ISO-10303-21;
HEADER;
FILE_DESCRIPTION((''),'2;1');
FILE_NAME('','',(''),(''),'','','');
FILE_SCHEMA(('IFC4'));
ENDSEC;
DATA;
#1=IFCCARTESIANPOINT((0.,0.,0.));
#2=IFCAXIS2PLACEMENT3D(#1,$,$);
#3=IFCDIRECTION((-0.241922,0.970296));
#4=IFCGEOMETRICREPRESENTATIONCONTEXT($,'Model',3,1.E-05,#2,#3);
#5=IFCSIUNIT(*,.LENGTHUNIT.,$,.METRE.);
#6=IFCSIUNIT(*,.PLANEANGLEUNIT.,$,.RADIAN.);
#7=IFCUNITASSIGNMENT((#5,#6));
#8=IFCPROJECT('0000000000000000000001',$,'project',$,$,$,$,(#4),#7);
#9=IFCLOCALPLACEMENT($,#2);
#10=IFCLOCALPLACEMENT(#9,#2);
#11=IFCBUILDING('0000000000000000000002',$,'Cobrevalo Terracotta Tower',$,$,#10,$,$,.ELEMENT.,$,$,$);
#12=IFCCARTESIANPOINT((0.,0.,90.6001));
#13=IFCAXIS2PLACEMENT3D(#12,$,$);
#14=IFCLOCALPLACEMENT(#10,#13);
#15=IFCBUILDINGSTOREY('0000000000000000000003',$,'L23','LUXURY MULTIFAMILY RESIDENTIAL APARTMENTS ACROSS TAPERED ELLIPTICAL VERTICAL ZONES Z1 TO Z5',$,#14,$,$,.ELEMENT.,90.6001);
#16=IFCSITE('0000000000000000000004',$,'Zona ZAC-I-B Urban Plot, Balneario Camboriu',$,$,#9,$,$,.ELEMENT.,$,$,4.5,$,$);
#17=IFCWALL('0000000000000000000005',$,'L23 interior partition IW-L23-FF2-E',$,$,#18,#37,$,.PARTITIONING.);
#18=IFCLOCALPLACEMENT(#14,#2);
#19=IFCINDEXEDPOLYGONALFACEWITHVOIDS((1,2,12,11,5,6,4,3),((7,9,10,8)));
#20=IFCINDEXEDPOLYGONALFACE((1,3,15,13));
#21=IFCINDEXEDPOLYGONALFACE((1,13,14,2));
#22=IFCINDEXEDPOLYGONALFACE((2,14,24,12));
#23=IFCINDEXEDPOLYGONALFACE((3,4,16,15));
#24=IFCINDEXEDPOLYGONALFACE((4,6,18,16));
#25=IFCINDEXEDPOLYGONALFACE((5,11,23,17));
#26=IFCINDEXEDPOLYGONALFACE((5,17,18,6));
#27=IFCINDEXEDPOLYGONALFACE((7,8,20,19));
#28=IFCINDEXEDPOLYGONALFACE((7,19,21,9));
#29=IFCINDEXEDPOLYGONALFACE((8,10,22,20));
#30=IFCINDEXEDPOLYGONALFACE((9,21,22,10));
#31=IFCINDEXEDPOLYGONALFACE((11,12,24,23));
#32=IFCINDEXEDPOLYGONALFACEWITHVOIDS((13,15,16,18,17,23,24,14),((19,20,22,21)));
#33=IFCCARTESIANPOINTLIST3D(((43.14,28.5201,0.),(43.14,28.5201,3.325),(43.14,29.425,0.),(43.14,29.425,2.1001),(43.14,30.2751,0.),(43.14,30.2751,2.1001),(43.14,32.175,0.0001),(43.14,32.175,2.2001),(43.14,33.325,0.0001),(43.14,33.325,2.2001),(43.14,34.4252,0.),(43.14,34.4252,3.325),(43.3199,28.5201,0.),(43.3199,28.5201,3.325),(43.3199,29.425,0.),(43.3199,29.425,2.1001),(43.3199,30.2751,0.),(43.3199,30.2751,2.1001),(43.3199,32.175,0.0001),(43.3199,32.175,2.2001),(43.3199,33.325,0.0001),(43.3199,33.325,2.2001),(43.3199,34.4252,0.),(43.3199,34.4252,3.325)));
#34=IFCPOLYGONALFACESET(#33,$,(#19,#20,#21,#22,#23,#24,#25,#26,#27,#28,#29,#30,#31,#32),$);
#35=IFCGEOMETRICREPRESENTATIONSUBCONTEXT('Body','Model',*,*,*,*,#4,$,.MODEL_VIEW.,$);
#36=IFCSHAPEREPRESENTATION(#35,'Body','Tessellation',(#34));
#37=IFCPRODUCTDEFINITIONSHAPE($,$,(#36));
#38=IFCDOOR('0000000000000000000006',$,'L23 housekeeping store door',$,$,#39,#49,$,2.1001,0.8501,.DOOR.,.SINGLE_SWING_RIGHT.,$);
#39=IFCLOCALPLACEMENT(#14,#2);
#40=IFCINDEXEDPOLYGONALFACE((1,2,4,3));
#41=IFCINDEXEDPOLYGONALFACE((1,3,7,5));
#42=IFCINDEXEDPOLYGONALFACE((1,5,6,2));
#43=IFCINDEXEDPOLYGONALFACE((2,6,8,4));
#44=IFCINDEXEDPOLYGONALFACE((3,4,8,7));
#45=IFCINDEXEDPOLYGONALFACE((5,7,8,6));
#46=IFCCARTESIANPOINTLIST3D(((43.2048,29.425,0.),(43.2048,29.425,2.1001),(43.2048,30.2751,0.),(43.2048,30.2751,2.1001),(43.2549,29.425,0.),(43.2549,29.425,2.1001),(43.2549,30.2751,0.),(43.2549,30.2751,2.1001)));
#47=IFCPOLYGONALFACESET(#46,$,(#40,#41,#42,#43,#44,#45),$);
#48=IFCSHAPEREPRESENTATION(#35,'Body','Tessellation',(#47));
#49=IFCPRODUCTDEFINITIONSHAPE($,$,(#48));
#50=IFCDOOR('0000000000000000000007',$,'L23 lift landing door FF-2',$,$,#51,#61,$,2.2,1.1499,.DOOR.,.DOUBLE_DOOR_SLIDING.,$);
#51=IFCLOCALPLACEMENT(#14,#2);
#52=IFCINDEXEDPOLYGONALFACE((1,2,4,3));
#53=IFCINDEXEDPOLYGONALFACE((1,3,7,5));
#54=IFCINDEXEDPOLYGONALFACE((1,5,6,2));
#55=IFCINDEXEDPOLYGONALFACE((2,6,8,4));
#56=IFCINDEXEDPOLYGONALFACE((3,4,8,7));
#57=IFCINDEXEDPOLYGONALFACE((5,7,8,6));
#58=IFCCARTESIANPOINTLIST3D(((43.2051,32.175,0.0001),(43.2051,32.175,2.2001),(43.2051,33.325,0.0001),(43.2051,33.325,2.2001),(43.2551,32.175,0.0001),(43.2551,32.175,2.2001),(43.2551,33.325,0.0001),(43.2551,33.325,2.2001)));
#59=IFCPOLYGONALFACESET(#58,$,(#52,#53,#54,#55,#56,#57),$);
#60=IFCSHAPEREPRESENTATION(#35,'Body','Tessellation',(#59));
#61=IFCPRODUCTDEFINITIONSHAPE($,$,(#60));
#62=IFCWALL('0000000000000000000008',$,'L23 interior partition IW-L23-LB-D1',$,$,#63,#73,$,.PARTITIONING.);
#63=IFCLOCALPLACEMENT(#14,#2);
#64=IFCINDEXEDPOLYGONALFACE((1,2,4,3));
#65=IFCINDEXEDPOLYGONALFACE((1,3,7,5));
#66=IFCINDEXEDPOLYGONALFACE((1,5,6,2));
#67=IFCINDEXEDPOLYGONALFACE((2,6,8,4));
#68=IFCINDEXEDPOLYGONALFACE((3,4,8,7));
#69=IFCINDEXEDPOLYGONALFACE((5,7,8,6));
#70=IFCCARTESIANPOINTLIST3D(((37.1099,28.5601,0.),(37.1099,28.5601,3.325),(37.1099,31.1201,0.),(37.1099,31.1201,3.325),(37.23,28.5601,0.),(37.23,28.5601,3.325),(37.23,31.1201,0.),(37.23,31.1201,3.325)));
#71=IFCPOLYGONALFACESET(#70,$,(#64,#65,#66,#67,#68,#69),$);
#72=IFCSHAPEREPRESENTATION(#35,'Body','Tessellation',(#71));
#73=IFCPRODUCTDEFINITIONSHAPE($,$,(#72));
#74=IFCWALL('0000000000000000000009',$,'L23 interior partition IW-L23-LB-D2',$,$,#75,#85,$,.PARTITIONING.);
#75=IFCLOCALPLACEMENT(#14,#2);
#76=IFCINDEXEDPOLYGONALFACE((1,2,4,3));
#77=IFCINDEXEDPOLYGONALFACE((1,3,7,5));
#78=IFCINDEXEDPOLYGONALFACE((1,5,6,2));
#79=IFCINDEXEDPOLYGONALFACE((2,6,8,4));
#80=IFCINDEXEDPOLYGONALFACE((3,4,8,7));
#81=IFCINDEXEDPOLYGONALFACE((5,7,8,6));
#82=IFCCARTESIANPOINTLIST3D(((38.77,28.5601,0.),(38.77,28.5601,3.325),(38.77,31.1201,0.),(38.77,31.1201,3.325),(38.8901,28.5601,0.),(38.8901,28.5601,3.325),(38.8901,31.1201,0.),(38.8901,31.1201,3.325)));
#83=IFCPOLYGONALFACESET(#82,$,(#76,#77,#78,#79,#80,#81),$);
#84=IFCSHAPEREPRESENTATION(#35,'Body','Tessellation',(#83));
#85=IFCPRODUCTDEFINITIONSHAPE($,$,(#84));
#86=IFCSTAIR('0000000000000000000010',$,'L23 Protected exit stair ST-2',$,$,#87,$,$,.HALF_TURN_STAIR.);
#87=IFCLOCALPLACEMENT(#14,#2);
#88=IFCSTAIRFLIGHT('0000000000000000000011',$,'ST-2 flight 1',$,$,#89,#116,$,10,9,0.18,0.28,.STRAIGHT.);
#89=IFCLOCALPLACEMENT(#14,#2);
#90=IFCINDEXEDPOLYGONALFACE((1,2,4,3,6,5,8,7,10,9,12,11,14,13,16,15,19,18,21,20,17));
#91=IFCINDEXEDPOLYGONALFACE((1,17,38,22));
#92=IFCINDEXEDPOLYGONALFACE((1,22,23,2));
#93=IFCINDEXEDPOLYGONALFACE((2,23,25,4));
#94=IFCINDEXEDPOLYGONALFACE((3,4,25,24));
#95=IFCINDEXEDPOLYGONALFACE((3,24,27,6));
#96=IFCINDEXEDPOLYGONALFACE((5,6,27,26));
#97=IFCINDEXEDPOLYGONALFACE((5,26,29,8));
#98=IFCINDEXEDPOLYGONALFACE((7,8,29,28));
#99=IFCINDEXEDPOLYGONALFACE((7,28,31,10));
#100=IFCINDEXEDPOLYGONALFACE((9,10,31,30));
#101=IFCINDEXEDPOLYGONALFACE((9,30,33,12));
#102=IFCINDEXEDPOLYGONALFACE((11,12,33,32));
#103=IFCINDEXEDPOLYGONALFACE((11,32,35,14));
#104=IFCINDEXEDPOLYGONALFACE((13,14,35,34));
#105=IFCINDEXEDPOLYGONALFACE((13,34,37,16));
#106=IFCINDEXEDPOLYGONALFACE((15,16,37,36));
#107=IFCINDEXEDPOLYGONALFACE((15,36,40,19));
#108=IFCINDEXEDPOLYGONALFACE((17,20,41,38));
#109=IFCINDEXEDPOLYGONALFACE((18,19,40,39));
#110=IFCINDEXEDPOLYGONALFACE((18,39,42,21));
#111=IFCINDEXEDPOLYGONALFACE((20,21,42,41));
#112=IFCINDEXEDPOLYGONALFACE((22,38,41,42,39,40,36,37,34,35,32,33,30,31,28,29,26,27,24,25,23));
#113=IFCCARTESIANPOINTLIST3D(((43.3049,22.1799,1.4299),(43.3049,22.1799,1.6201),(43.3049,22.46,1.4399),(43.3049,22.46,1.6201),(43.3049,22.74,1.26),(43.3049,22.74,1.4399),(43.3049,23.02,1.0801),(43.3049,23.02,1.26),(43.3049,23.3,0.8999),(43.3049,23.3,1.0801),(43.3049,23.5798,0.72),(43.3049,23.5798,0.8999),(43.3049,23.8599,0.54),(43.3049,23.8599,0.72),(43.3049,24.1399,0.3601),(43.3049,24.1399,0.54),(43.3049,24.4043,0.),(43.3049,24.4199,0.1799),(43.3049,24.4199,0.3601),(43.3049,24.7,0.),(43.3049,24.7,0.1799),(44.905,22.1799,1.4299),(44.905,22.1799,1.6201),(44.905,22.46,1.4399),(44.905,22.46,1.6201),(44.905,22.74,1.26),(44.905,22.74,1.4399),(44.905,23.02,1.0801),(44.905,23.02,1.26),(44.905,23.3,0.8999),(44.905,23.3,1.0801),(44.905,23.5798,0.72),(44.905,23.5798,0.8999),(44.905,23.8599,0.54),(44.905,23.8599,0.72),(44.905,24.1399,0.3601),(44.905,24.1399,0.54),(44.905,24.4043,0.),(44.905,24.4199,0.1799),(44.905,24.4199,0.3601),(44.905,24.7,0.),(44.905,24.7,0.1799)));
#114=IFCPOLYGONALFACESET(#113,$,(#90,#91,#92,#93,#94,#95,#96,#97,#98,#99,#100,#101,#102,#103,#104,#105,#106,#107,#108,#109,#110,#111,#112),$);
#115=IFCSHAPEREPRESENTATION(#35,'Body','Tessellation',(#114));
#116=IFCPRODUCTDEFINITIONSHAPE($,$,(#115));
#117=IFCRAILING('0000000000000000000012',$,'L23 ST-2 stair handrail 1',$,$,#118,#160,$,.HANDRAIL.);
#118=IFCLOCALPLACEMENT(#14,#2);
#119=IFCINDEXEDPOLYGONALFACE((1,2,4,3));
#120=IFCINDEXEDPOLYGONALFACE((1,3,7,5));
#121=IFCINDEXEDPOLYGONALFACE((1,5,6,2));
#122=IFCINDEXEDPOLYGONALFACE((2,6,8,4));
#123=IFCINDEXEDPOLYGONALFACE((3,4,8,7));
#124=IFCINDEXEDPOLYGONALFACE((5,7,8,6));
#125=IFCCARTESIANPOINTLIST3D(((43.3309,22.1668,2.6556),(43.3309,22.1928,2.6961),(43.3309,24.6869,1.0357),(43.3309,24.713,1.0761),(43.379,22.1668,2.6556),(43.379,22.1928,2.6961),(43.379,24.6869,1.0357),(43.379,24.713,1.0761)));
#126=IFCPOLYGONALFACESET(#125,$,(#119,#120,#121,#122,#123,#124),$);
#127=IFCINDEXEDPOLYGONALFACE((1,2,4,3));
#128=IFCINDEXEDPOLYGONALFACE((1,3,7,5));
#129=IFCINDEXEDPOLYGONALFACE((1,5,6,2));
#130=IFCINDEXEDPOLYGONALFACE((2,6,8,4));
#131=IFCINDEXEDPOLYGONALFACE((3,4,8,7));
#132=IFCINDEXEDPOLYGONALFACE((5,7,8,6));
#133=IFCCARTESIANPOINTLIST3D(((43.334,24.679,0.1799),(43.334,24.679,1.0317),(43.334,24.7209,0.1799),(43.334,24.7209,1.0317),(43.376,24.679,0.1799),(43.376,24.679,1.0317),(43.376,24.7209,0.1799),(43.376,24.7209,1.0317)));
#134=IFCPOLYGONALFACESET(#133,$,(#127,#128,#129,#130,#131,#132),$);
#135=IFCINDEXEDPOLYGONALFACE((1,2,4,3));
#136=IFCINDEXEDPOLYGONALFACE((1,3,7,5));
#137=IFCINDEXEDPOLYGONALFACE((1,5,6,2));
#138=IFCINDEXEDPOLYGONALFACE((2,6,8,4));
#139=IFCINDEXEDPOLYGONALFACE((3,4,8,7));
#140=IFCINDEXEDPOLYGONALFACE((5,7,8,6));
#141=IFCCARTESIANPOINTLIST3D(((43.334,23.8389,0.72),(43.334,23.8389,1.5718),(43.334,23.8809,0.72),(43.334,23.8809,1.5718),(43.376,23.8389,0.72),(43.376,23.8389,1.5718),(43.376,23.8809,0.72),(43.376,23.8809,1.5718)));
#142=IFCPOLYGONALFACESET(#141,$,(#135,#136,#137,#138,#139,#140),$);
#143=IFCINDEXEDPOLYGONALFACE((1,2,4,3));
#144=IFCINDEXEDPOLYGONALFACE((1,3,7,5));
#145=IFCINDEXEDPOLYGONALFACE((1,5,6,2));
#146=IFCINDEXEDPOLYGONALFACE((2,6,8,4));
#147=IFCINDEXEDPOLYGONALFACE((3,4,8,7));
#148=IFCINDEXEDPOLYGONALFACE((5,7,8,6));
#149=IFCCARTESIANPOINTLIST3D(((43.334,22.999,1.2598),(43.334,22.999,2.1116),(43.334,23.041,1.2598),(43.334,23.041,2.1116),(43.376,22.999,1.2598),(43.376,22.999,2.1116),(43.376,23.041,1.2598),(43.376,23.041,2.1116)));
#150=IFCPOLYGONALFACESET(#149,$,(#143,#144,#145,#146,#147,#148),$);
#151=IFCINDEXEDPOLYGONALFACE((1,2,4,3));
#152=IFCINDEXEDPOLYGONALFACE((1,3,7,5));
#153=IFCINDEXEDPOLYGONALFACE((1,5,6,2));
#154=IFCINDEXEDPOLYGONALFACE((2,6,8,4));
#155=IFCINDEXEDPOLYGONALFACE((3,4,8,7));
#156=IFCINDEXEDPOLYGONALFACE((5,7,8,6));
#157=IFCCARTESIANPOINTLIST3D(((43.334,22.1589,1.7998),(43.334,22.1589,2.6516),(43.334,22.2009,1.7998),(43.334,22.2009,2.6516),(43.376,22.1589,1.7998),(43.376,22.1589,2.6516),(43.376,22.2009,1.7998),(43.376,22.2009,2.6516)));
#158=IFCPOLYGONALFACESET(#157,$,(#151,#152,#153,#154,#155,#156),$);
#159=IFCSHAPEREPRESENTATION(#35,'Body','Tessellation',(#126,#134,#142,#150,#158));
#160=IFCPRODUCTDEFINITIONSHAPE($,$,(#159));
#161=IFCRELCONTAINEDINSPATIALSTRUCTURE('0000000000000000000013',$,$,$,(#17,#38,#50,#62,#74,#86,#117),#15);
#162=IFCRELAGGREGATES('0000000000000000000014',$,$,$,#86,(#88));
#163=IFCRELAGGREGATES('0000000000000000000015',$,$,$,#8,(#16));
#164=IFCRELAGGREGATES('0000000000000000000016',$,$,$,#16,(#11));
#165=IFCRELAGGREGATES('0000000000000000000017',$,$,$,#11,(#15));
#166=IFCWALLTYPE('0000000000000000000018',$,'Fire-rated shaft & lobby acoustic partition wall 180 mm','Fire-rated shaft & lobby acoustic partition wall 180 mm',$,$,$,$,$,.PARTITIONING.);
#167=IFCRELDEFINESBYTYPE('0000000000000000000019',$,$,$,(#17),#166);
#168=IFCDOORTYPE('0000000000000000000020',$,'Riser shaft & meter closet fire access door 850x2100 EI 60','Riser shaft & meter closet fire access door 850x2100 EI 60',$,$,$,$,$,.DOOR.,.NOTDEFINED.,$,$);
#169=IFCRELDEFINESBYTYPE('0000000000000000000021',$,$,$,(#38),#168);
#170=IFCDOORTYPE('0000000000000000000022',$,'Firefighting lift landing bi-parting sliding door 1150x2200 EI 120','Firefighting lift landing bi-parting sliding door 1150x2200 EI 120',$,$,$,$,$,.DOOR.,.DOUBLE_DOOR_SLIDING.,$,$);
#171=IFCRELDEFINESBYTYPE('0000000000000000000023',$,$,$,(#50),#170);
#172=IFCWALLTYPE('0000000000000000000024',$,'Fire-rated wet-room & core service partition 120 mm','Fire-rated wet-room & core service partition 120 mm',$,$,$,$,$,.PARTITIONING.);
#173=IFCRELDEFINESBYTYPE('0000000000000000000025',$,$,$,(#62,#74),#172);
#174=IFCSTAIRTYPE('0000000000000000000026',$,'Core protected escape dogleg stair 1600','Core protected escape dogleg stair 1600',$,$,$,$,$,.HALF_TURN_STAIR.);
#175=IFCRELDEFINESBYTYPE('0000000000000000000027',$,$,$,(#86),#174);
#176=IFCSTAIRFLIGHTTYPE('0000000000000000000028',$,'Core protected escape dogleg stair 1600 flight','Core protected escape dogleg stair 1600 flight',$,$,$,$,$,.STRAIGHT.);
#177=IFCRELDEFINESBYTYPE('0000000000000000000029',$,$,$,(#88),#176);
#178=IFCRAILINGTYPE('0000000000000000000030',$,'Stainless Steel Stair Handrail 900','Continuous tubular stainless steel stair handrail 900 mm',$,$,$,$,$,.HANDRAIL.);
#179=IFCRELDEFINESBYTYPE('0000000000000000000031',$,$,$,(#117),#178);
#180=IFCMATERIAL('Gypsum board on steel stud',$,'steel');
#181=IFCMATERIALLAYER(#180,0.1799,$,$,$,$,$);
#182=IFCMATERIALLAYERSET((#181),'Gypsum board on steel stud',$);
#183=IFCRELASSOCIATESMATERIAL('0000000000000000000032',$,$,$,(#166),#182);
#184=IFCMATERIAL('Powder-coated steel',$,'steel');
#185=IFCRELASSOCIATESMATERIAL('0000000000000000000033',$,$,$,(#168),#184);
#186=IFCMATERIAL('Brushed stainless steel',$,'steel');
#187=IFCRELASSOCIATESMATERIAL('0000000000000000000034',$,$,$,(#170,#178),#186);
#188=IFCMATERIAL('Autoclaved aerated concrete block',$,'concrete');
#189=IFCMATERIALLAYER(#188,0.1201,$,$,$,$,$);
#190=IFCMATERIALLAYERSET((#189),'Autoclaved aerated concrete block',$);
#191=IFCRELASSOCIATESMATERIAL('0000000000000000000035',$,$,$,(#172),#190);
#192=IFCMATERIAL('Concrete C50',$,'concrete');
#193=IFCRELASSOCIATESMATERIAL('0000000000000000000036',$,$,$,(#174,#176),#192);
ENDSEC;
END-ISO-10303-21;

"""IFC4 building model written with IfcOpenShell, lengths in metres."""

from ifc_helpers import new_model, si_unit, direction, frame, frame_2d, origin, origin_2d, place, context, subcontext, project, spatial, polyline, rectangle, outline, extrude, source, transform, mapped, material, layer, layer_set, type_object, element, fill, aggregate, save


model = new_model("IFC4")

# Units and contexts
model_context = context("Model", 3, precision=1e-05, world=origin(), true_north=direction((-0.241922, 0.970296)))
body_context = subcontext(model_context, "Body", "Model", "MODEL_VIEW")
ifc_project = project(units=[si_unit("LENGTHUNIT", "METRE"), si_unit("PLANEANGLEUNIT", "RADIAN")], contexts=[model_context])

# Site, building, storey
site_placement = place(None, origin())
site = spatial("IfcSite", under=ifc_project, at=site_placement, Name="Zona ZAC-I-B Urban Plot, Balneario Camboriu", CompositionType="ELEMENT", RefElevation=4.5)
building_placement = place(site_placement, origin())
building = spatial("IfcBuilding", under=site, at=building_placement, Name="Cobrevalo Terracotta Tower", CompositionType="ELEMENT")
storey_placement = place(building_placement, frame((0.0, 0.0, 90.6001)))
storey = spatial("IfcBuildingStorey", under=building, at=storey_placement, Name="L23", Description="LUXURY MULTIFAMILY RESIDENTIAL APARTMENTS ACROSS TAPERED ELLIPTICAL VERTICAL ZONES Z1 TO Z5", CompositionType="ELEMENT", Elevation=90.6001)

# Shared definitions
ifc_material_1 = material(Name="Gypsum board on steel stud", Category="steel")

# Shared definitions
ifc_material_2 = material(Name="Brushed stainless steel", Category="steel")

# Shared definitions
ifc_layer_1 = layer(ifc_material_1, 0.1799)
ifc_layer_set_1 = layer_set([ifc_layer_1], Name="Gypsum board on steel stud")
wall_type_1 = type_object("IfcWallType", Name="Fire-rated shaft & lobby acoustic partition wall 180 mm", Description="Fire-rated shaft & lobby acoustic partition wall 180 mm", PredefinedType="PARTITIONING", material=ifc_layer_set_1)
ifc_material_3 = material(Name="Powder-coated steel", Category="steel")
door_type_1 = type_object("IfcDoorType", Name="Riser shaft & meter closet fire access door 850x2100 EI 60", Description="Riser shaft & meter closet fire access door 850x2100 EI 60", OperationType="NOTDEFINED", PredefinedType="DOOR", material=ifc_material_3)
shared_shape_1 = source(origin(), body_context, "Body", "SweptSolid", [
    extrude(rectangle(XDim=0.8501, YDim=2.1001, at=frame_2d((0.425, 1.05))), frame((0.0, 0.0249, 0.0), z_axis=(0.0, -1.0, 0.0), x_axis=(1.0, 0.0, 0.0)), (0.0, 0.0, 1.0), 0.05),
])

# Wall, openings, doors
wall_1_placement = place(storey_placement, frame((43.23, 28.52, 0.0), z_axis=(0.0, 0.0, 1.0), x_axis=(0.0, 1.0, 0.0)))
wall_1 = element("IfcWall", 1, at=wall_1_placement, inside=storey, type_object=wall_type_1, Name="L23 interior partition IW-L23-FF2-E", PredefinedType="PARTITIONING", context=body_context, shape_type="SweptSolid", body=[
    extrude(rectangle(XDim=5.905, YDim=0.1799, at=frame_2d((2.9526, 0.0))), origin(), (0.0, 0.0, 1.0), 3.325),
])
opening_1_placement = place(wall_1_placement, frame((0.905, 0.0, 0.0)))
opening_1 = element("IfcOpeningElement", 2, at=opening_1_placement, cuts=wall_1, PredefinedType="OPENING", context=body_context, shape_type="SweptSolid", body=[
    extrude(rectangle(XDim=0.8501, YDim=2.1001, at=frame_2d((0.425, 1.05))), frame((0.0, 0.1001, 0.0), z_axis=(0.0, -1.0, 0.0), x_axis=(1.0, 0.0, 0.0)), (0.0, 0.0, 1.0), 0.2),
])
opening_2_placement = place(wall_1_placement, frame((3.655, 0.0, 0.0)))
opening_2 = element("IfcOpeningElement", 3, at=opening_2_placement, cuts=wall_1, PredefinedType="OPENING", context=body_context, shape_type="SweptSolid", body=[
    extrude(rectangle(XDim=1.1499, YDim=2.2, at=frame_2d((0.575, 1.1001))), frame((0.0, 0.1001, 0.0), z_axis=(0.0, -1.0, 0.0), x_axis=(1.0, 0.0, 0.0)), (0.0, 0.0, 1.0), 0.2),
])
door_1_placement = place(opening_1_placement, frame((0.8501, 0.0, 0.0), z_axis=(0.0, 0.0, 1.0), x_axis=(-1.0, 0.0, 0.0)))
door_1 = element("IfcDoor", 4, at=door_1_placement, inside=storey, type_object=door_type_1, Name="L23 housekeeping store door", OperationType="SINGLE_SWING_RIGHT", OverallHeight=2.1001, OverallWidth=0.8501, PredefinedType="DOOR", context=body_context, shape_type="MappedRepresentation", body=[
    mapped(shared_shape_1, transform((0.0, 0.0, 0.0), scale=1.0)),
])
fill(opening_1, door_1)
door_type_2 = type_object("IfcDoorType", Name="Firefighting lift landing bi-parting sliding door 1150x2200 EI 120", Description="Firefighting lift landing bi-parting sliding door 1150x2200 EI 120", OperationType="DOUBLE_DOOR_SLIDING", PredefinedType="DOOR", material=ifc_material_2)
shared_shape_2 = source(origin(), body_context, "Body", "SweptSolid", [
    extrude(rectangle(XDim=1.1499, YDim=2.2, at=frame_2d((0.575, 1.1001))), frame((0.0, 0.0249, 0.0), z_axis=(0.0, -1.0, 0.0), x_axis=(1.0, 0.0, 0.0)), (0.0, 0.0, 1.0), 0.05),
])
door_2_placement = place(opening_2_placement, origin())
door_2 = element("IfcDoor", 5, at=door_2_placement, inside=storey, type_object=door_type_2, Name="L23 lift landing door FF-2", OperationType="DOUBLE_DOOR_SLIDING", OverallHeight=2.2, OverallWidth=1.1499, PredefinedType="DOOR", context=body_context, shape_type="MappedRepresentation", body=[
    mapped(shared_shape_2, transform((0.0, 0.0, 0.0), scale=1.0)),
])
fill(opening_2, door_2)

# Walls
ifc_material_4 = material(Name="Autoclaved aerated concrete block", Category="concrete")
ifc_layer_2 = layer(ifc_material_4, 0.1201)
ifc_layer_set_2 = layer_set([ifc_layer_2], Name="Autoclaved aerated concrete block")
wall_type_2 = type_object("IfcWallType", Name="Fire-rated wet-room & core service partition 120 mm", Description="Fire-rated wet-room & core service partition 120 mm", PredefinedType="PARTITIONING", material=ifc_layer_set_2)
for number, where, z_axis, x_axis, name in (
    (6, (37.1699, 28.5601, 0.0), (0.0, 0.0, 1.0), (0.0, 1.0, 0.0), "L23 interior partition IW-L23-LB-D1"),
    (7, (38.8301, 28.5601, 0.0), (0.0, 0.0, 1.0), (0.0, 1.0, 0.0), "L23 interior partition IW-L23-LB-D2"),
):
    element("IfcWall", number, at=place(storey_placement, frame(where, z_axis=z_axis, x_axis=x_axis)), inside=storey, type_object=wall_type_2, Name=name, PredefinedType="PARTITIONING", context=body_context, shape_type="SweptSolid", body=[
        extrude(rectangle(XDim=2.5601, YDim=0.1201, at=frame_2d((1.28, 0.0))), origin(), (0.0, 0.0, 1.0), 3.325),
    ])

# Shared definitions
ifc_material_5 = material(Name="Concrete C50", Category="concrete")

# Stair, stair flight
stair_type = type_object("IfcStairType", Name="Core protected escape dogleg stair 1600", Description="Core protected escape dogleg stair 1600", PredefinedType="HALF_TURN_STAIR", material=ifc_material_5)
stair_placement = place(storey_placement, origin())
stair = element("IfcStair", 8, at=stair_placement, inside=storey, type_object=stair_type, Name="L23 Protected exit stair ST-2", PredefinedType="HALF_TURN_STAIR")
stair_flight_type = type_object("IfcStairFlightType", Name="Core protected escape dogleg stair 1600 flight", Description="Core protected escape dogleg stair 1600 flight", PredefinedType="STRAIGHT", material=ifc_material_5)
stair_flight_placement = place(storey_placement, frame((44.105, 24.7, 0.0), z_axis=(0.0, 0.0, 1.0), x_axis=(0.0, -1.0, 0.0)))
stair_flight = element("IfcStairFlight", 9, at=stair_flight_placement, type_object=stair_flight_type, Name="ST-2 flight 1", NumberOfRisers=10, NumberOfTreads=9, PredefinedType="STRAIGHT", RiserHeight=0.18, TreadLength=0.28, context=body_context, shape_type="SweptSolid", body=[
    extrude(outline(polyline([(0.0, 0.0), (0.0, 0.1799), (0.28, 0.1799), (0.28, 0.3601), (0.5601, 0.3601), (0.5601, 0.54), (0.8401, 0.54), (0.8401, 0.72), (1.1201, 0.72), (1.1201, 0.8999), (1.3999, 0.8999), (1.3999, 1.0801), (1.6799, 1.0801), (1.6799, 1.26), (1.96, 1.26), (1.96, 1.4399), (2.24, 1.4399), (2.24, 1.6201), (2.52, 1.6201), (2.52, 1.8), (2.52, 1.4299), (0.2957, 0.0), (0.0, 0.0)])), frame((0.0, 0.8, 0.0), z_axis=(0.0, -1.0, 0.0), x_axis=(1.0, 0.0, 0.0)), (0.0, 0.0, 1.0), 1.6001),
])
aggregate(stair, [stair_flight])

# Railing
railing_type_1 = type_object("IfcRailingType", Name="Stainless Steel Stair Handrail 900", Description="Continuous tubular stainless steel stair handrail 900 mm", PredefinedType="HANDRAIL", material=ifc_material_2)
railing_1_placement = place(storey_placement, frame((43.355, 24.7, 0.1799)))
element("IfcRailing", 10, at=railing_1_placement, inside=storey, type_object=railing_type_1, Name="L23 ST-2 stair handrail 1", PredefinedType="HANDRAIL", context=body_context, shape_type="SweptSolid", body=[
    extrude(rectangle(XDim=0.0481, YDim=0.0481, at=origin_2d()), frame((0.0, 0.0, 0.876), z_axis=(0.0, -0.8412, 0.540725), x_axis=(1.0, 0.0, 0.0)), (0.0, 0.0, 1.0), 2.9958),
    extrude(rectangle(XDim=0.042, YDim=0.042, at=origin_2d()), origin(), (0.0, 0.0, 1.0), 0.8518),
    extrude(rectangle(XDim=0.042, YDim=0.042, at=origin_2d()), frame((0.0, -0.8401, 0.54)), (0.0, 0.0, 1.0), 0.8518),
    extrude(rectangle(XDim=0.042, YDim=0.042, at=origin_2d()), frame((0.0, -1.6799, 1.0798)), (0.0, 0.0, 1.0), 0.8518),
    extrude(rectangle(XDim=0.042, YDim=0.042, at=origin_2d()), frame((0.0, -2.52, 1.6199)), (0.0, 0.0, 1.0), 0.8518),
])

save(model, "model.ifc")
